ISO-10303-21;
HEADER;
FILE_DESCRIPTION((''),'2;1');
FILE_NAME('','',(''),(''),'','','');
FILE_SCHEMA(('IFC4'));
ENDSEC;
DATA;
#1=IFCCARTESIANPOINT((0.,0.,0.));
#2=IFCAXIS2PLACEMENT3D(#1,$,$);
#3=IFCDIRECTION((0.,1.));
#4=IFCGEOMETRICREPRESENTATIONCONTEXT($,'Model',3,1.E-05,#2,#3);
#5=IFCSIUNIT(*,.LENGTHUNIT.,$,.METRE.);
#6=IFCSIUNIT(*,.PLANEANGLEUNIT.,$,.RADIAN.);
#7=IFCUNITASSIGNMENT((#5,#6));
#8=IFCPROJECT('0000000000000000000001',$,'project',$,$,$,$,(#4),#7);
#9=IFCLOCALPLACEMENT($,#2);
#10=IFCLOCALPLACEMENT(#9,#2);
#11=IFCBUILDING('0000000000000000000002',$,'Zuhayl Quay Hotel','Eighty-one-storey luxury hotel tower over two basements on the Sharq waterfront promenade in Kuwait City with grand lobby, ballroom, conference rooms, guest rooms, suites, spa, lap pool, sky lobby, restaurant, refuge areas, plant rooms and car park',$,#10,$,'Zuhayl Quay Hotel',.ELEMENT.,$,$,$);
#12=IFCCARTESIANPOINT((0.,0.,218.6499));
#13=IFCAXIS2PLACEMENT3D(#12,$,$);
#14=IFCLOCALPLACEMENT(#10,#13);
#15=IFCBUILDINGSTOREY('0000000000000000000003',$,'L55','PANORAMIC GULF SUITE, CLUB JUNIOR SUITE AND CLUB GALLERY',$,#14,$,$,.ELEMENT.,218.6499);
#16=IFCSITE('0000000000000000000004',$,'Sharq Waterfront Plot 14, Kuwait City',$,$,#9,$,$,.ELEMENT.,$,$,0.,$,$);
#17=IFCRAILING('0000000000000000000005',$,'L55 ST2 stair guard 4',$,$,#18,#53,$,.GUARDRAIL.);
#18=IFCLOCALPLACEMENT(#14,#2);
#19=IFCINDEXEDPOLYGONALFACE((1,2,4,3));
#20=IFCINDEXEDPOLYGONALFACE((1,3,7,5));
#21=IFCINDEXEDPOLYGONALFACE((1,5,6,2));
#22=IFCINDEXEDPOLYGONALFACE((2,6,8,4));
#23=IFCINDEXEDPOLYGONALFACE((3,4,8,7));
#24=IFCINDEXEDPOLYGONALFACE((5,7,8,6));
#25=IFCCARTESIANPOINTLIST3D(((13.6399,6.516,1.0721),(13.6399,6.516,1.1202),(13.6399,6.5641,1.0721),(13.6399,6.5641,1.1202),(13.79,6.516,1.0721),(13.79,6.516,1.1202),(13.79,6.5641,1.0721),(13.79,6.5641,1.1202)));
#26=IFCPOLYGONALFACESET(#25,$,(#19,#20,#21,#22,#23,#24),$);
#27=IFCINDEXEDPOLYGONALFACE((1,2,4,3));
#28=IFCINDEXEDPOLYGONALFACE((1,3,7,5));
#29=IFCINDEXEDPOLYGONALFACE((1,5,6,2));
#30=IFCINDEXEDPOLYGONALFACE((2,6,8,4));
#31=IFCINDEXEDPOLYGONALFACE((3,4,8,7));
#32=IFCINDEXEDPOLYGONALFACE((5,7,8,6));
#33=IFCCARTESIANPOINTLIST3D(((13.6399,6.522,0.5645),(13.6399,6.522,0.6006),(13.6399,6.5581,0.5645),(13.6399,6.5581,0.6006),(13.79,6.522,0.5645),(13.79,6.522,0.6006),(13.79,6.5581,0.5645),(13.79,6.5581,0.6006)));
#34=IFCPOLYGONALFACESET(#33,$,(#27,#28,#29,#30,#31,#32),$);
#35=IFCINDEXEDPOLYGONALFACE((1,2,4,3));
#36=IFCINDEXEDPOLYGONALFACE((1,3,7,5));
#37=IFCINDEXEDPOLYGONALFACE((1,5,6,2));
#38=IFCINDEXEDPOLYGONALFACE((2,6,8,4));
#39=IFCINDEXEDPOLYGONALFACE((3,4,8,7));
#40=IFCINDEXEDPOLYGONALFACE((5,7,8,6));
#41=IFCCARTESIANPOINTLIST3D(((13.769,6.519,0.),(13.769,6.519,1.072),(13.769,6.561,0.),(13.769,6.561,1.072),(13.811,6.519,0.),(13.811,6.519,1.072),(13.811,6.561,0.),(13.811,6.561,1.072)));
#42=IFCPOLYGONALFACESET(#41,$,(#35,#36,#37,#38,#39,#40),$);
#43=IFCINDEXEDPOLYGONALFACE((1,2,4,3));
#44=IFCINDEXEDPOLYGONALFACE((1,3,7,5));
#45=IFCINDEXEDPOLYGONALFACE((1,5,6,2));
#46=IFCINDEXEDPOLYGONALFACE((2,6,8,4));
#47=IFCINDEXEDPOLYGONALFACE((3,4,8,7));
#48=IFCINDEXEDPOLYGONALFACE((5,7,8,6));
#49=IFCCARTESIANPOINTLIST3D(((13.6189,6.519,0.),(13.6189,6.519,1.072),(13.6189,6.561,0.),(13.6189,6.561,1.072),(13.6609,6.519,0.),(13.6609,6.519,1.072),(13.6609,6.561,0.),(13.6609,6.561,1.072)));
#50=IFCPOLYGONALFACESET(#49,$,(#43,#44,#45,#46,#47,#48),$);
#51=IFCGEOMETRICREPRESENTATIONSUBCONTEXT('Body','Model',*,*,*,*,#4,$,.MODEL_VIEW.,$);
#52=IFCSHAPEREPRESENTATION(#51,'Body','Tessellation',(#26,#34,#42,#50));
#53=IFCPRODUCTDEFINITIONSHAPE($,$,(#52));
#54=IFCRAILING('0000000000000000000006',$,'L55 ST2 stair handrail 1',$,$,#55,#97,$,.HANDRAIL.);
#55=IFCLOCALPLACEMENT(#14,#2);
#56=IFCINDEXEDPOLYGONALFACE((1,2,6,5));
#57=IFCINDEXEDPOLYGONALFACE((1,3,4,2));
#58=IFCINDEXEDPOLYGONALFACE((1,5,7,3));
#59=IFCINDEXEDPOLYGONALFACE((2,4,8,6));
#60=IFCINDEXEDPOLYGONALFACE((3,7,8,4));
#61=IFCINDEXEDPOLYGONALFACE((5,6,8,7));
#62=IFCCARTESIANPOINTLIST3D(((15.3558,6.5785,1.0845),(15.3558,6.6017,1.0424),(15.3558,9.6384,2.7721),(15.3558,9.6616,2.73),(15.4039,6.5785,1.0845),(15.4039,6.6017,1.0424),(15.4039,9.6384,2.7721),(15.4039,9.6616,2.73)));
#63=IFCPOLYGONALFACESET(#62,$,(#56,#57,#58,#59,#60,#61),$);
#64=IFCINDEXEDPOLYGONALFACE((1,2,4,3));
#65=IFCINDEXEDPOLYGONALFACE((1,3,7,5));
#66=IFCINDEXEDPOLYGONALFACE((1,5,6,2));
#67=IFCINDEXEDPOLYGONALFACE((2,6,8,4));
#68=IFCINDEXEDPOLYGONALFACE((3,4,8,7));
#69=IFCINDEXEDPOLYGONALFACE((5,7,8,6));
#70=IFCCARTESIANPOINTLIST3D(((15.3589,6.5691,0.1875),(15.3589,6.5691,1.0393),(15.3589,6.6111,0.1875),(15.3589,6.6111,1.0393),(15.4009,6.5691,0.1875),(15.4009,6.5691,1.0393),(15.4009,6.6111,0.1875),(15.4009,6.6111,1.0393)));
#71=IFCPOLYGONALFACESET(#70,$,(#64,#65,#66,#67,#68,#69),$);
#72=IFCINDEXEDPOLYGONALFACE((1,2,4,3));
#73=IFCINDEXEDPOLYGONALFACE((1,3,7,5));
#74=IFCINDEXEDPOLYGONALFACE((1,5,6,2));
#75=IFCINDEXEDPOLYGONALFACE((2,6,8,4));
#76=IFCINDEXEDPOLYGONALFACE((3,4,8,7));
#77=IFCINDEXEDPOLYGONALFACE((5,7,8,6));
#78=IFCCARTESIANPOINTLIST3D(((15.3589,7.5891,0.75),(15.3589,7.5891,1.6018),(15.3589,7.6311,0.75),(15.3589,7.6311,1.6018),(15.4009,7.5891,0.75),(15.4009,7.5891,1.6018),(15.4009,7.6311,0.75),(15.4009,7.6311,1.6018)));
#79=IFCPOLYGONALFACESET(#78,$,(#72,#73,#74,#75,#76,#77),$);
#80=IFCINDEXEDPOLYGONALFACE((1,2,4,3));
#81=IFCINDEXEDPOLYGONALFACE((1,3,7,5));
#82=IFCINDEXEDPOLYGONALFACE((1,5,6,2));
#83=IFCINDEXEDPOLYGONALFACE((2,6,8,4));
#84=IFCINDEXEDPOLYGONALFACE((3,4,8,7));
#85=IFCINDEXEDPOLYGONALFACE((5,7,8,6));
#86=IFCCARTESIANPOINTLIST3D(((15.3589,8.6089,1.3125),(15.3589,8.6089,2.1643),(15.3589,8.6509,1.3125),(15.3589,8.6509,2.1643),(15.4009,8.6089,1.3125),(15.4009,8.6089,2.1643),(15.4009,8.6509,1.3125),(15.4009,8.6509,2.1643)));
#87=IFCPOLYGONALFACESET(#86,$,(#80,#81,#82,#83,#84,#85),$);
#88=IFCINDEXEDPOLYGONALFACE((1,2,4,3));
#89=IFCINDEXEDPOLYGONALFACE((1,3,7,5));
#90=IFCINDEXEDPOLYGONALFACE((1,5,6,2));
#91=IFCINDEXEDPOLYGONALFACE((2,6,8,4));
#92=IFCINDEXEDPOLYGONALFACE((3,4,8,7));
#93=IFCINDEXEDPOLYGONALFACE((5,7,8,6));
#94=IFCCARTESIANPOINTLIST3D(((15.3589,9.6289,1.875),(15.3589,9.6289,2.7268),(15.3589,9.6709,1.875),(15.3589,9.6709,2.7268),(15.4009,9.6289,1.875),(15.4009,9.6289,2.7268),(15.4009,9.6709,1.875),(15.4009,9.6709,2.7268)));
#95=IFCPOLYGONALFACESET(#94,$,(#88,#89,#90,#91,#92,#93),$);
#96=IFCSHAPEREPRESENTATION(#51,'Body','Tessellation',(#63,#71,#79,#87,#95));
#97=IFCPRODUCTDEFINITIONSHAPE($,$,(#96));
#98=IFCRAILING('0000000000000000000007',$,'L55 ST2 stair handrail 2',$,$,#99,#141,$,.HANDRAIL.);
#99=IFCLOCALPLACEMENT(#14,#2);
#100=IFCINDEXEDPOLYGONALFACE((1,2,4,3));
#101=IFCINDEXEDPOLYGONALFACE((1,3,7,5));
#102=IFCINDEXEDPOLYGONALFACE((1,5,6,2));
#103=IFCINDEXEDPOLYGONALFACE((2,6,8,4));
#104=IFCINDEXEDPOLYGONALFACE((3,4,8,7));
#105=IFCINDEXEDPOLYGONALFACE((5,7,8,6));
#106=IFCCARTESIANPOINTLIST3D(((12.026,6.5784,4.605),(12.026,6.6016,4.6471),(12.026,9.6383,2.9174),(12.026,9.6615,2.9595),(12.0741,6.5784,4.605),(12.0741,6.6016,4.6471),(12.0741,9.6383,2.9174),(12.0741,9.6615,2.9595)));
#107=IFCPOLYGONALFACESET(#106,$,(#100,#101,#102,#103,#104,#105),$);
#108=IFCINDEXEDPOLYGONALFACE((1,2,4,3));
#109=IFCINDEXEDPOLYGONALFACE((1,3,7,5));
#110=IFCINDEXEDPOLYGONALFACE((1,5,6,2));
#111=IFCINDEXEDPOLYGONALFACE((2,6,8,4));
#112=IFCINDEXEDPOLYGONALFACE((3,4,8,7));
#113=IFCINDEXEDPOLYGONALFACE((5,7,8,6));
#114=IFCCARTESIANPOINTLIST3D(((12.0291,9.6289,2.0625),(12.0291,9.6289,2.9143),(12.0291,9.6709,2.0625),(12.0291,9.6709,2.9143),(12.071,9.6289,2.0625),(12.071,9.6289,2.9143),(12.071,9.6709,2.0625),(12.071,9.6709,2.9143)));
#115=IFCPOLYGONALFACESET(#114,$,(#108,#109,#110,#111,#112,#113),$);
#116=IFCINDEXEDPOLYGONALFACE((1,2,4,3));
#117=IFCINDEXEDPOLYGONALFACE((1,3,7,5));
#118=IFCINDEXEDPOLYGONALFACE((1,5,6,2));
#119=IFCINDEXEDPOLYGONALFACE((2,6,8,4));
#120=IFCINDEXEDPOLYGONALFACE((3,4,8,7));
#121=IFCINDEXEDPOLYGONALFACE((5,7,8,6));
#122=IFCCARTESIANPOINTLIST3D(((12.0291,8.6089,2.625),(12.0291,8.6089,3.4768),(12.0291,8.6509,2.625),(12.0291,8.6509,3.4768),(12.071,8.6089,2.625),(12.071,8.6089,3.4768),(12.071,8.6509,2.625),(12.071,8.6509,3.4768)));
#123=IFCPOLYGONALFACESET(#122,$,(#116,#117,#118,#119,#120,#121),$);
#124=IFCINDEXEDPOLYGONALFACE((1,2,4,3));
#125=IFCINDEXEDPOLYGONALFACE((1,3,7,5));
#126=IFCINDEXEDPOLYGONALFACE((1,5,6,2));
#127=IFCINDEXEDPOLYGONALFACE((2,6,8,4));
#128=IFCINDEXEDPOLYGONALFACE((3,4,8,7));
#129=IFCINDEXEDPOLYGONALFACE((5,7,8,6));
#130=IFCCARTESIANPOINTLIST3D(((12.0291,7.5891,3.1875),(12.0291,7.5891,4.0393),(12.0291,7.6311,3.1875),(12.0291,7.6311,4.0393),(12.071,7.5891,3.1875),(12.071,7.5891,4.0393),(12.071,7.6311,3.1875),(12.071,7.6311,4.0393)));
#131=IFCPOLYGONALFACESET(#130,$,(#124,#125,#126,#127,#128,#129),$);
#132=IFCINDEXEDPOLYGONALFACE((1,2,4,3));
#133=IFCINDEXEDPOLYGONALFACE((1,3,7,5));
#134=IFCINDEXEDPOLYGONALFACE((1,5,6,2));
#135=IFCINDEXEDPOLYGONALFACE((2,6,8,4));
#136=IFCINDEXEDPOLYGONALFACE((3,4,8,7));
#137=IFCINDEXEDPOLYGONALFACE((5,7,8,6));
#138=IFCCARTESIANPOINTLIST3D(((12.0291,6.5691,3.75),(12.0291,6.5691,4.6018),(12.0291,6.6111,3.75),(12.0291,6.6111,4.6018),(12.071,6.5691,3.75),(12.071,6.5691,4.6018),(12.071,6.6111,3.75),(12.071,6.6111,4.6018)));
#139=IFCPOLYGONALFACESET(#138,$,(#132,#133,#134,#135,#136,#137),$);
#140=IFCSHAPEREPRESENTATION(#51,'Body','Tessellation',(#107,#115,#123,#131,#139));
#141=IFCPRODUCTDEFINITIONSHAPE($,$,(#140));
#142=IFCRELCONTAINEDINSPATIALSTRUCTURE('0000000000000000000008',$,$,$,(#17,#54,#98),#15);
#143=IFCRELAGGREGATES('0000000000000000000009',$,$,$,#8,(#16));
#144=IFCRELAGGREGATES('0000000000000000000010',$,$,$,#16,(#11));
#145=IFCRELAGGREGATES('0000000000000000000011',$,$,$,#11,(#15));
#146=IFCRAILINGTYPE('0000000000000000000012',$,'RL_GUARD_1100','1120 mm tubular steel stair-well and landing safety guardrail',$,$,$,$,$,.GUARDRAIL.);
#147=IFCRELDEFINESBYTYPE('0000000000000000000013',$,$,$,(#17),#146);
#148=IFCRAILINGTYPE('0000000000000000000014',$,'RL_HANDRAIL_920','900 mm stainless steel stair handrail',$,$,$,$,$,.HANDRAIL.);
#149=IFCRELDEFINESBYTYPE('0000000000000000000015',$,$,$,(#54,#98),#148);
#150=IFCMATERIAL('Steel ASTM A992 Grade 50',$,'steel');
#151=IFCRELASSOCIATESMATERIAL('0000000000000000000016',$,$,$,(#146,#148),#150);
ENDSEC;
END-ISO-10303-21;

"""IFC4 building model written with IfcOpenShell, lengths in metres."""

from ifc_helpers import new_model, si_unit, direction, frame, origin, origin_2d, place, context, subcontext, project, spatial, rectangle, extrude, material, type_object, element, save


model = new_model("IFC4")

# Units and contexts
model_context = context("Model", 3, precision=1e-05, world=origin(), true_north=direction((0.0, 1.0)))
body_context = subcontext(model_context, "Body", "Model", "MODEL_VIEW")
ifc_project = project(units=[si_unit("LENGTHUNIT", "METRE"), si_unit("PLANEANGLEUNIT", "RADIAN")], contexts=[model_context])

# Site, building, storey
site_placement = place(None, origin())
site = spatial("IfcSite", under=ifc_project, at=site_placement, Name="Sharq Waterfront Plot 14, Kuwait City", CompositionType="ELEMENT", RefElevation=0.0)
building_placement = place(site_placement, origin())
building = spatial("IfcBuilding", under=site, at=building_placement, Name="Zuhayl Quay Hotel", Description="Eighty-one-storey luxury hotel tower over two basements on the Sharq waterfront promenade in Kuwait City with grand lobby, ballroom, conference rooms, guest rooms, suites, spa, lap pool, sky lobby, restaurant, refuge areas, plant rooms and car park", LongName="Zuhayl Quay Hotel", CompositionType="ELEMENT")
storey_placement = place(building_placement, frame((0.0, 0.0, 218.6499)))
storey = spatial("IfcBuildingStorey", under=building, at=storey_placement, Name="L55", Description="PANORAMIC GULF SUITE, CLUB JUNIOR SUITE AND CLUB GALLERY", CompositionType="ELEMENT", Elevation=218.6499)

# Shared definitions
ifc_material_1 = material(Name="Steel ASTM A992 Grade 50", Category="steel")

# Railings
railing_type_1 = type_object("IfcRailingType", Name="RL_GUARD_1100", Description="1120 mm tubular steel stair-well and landing safety guardrail", PredefinedType="GUARDRAIL", material=ifc_material_1)
railing_1_placement = place(storey_placement, frame((13.79, 6.54, 0.0)))
element("IfcRailing", 1, at=railing_1_placement, inside=storey, type_object=railing_type_1, Name="L55 ST2 stair guard 4", PredefinedType="GUARDRAIL", context=body_context, shape_type="SweptSolid", body=[
    extrude(rectangle(XDim=0.0481, YDim=0.0481, at=origin_2d()), frame((0.0, 0.0, 1.0962), z_axis=(-1.0, 0.0, 0.0), x_axis=(0.0, -1.0, 0.0)), (0.0, 0.0, 1.0), 0.1501),
    extrude(rectangle(XDim=0.0361, YDim=0.0361, at=origin_2d()), frame((0.0, 0.0, 0.5825), z_axis=(-1.0, 0.0, 0.0), x_axis=(0.0, -1.0, 0.0)), (0.0, 0.0, 1.0), 0.1501),
    extrude(rectangle(XDim=0.042, YDim=0.042, at=origin_2d()), origin(), (0.0, 0.0, 1.0), 1.072),
    extrude(rectangle(XDim=0.042, YDim=0.042, at=origin_2d()), frame((-0.1501, 0.0, 0.0)), (0.0, 0.0, 1.0), 1.072),
])
railing_type_2 = type_object("IfcRailingType", Name="RL_HANDRAIL_920", Description="900 mm stainless steel stair handrail", PredefinedType="HANDRAIL", material=ifc_material_1)
railing_2_placement = place(storey_placement, frame((15.3799, 6.5901, 0.1875)))
element("IfcRailing", 2, at=railing_2_placement, inside=storey, type_object=railing_type_2, Name="L55 ST2 stair handrail 1", PredefinedType="HANDRAIL", context=body_context, shape_type="SweptSolid", body=[
    extrude(rectangle(XDim=0.0481, YDim=0.0481, at=origin_2d()), frame((0.0, 0.0, 0.876), z_axis=(0.0, 0.875659, 0.48293), x_axis=(-1.0, 0.0, 0.0)), (0.0, 0.0, 1.0), 3.4944),
    extrude(rectangle(XDim=0.042, YDim=0.042, at=origin_2d()), origin(), (0.0, 0.0, 1.0), 0.8518),
    extrude(rectangle(XDim=0.042, YDim=0.042, at=origin_2d()), frame((0.0, 1.02, 0.5625)), (0.0, 0.0, 1.0), 0.8518),
    extrude(rectangle(XDim=0.042, YDim=0.042, at=origin_2d()), frame((0.0, 2.0398, 1.125)), (0.0, 0.0, 1.0), 0.8518),
    extrude(rectangle(XDim=0.042, YDim=0.042, at=origin_2d()), frame((0.0, 3.0598, 1.6875)), (0.0, 0.0, 1.0), 0.8518),
])
railing_3_placement = place(storey_placement, frame((12.05, 9.6499, 2.0625)))
element("IfcRailing", 3, at=railing_3_placement, inside=storey, type_object=railing_type_2, Name="L55 ST2 stair handrail 2", PredefinedType="HANDRAIL", context=body_context, shape_type="SweptSolid", body=[
    extrude(rectangle(XDim=0.0481, YDim=0.0481, at=origin_2d()), frame((0.0, 0.0, 0.876), z_axis=(0.0, -0.875659, 0.48293), x_axis=(1.0, 0.0, 0.0)), (0.0, 0.0, 1.0), 3.4944),
    extrude(rectangle(XDim=0.042, YDim=0.042, at=origin_2d()), origin(), (0.0, 0.0, 1.0), 0.8518),
    extrude(rectangle(XDim=0.042, YDim=0.042, at=origin_2d()), frame((0.0, -1.02, 0.5625)), (0.0, 0.0, 1.0), 0.8518),
    extrude(rectangle(XDim=0.042, YDim=0.042, at=origin_2d()), frame((0.0, -2.0398, 1.125)), (0.0, 0.0, 1.0), 0.8518),
    extrude(rectangle(XDim=0.042, YDim=0.042, at=origin_2d()), frame((0.0, -3.0598, 1.6875)), (0.0, 0.0, 1.0), 0.8518),
])

save(model, "model.ifc")
